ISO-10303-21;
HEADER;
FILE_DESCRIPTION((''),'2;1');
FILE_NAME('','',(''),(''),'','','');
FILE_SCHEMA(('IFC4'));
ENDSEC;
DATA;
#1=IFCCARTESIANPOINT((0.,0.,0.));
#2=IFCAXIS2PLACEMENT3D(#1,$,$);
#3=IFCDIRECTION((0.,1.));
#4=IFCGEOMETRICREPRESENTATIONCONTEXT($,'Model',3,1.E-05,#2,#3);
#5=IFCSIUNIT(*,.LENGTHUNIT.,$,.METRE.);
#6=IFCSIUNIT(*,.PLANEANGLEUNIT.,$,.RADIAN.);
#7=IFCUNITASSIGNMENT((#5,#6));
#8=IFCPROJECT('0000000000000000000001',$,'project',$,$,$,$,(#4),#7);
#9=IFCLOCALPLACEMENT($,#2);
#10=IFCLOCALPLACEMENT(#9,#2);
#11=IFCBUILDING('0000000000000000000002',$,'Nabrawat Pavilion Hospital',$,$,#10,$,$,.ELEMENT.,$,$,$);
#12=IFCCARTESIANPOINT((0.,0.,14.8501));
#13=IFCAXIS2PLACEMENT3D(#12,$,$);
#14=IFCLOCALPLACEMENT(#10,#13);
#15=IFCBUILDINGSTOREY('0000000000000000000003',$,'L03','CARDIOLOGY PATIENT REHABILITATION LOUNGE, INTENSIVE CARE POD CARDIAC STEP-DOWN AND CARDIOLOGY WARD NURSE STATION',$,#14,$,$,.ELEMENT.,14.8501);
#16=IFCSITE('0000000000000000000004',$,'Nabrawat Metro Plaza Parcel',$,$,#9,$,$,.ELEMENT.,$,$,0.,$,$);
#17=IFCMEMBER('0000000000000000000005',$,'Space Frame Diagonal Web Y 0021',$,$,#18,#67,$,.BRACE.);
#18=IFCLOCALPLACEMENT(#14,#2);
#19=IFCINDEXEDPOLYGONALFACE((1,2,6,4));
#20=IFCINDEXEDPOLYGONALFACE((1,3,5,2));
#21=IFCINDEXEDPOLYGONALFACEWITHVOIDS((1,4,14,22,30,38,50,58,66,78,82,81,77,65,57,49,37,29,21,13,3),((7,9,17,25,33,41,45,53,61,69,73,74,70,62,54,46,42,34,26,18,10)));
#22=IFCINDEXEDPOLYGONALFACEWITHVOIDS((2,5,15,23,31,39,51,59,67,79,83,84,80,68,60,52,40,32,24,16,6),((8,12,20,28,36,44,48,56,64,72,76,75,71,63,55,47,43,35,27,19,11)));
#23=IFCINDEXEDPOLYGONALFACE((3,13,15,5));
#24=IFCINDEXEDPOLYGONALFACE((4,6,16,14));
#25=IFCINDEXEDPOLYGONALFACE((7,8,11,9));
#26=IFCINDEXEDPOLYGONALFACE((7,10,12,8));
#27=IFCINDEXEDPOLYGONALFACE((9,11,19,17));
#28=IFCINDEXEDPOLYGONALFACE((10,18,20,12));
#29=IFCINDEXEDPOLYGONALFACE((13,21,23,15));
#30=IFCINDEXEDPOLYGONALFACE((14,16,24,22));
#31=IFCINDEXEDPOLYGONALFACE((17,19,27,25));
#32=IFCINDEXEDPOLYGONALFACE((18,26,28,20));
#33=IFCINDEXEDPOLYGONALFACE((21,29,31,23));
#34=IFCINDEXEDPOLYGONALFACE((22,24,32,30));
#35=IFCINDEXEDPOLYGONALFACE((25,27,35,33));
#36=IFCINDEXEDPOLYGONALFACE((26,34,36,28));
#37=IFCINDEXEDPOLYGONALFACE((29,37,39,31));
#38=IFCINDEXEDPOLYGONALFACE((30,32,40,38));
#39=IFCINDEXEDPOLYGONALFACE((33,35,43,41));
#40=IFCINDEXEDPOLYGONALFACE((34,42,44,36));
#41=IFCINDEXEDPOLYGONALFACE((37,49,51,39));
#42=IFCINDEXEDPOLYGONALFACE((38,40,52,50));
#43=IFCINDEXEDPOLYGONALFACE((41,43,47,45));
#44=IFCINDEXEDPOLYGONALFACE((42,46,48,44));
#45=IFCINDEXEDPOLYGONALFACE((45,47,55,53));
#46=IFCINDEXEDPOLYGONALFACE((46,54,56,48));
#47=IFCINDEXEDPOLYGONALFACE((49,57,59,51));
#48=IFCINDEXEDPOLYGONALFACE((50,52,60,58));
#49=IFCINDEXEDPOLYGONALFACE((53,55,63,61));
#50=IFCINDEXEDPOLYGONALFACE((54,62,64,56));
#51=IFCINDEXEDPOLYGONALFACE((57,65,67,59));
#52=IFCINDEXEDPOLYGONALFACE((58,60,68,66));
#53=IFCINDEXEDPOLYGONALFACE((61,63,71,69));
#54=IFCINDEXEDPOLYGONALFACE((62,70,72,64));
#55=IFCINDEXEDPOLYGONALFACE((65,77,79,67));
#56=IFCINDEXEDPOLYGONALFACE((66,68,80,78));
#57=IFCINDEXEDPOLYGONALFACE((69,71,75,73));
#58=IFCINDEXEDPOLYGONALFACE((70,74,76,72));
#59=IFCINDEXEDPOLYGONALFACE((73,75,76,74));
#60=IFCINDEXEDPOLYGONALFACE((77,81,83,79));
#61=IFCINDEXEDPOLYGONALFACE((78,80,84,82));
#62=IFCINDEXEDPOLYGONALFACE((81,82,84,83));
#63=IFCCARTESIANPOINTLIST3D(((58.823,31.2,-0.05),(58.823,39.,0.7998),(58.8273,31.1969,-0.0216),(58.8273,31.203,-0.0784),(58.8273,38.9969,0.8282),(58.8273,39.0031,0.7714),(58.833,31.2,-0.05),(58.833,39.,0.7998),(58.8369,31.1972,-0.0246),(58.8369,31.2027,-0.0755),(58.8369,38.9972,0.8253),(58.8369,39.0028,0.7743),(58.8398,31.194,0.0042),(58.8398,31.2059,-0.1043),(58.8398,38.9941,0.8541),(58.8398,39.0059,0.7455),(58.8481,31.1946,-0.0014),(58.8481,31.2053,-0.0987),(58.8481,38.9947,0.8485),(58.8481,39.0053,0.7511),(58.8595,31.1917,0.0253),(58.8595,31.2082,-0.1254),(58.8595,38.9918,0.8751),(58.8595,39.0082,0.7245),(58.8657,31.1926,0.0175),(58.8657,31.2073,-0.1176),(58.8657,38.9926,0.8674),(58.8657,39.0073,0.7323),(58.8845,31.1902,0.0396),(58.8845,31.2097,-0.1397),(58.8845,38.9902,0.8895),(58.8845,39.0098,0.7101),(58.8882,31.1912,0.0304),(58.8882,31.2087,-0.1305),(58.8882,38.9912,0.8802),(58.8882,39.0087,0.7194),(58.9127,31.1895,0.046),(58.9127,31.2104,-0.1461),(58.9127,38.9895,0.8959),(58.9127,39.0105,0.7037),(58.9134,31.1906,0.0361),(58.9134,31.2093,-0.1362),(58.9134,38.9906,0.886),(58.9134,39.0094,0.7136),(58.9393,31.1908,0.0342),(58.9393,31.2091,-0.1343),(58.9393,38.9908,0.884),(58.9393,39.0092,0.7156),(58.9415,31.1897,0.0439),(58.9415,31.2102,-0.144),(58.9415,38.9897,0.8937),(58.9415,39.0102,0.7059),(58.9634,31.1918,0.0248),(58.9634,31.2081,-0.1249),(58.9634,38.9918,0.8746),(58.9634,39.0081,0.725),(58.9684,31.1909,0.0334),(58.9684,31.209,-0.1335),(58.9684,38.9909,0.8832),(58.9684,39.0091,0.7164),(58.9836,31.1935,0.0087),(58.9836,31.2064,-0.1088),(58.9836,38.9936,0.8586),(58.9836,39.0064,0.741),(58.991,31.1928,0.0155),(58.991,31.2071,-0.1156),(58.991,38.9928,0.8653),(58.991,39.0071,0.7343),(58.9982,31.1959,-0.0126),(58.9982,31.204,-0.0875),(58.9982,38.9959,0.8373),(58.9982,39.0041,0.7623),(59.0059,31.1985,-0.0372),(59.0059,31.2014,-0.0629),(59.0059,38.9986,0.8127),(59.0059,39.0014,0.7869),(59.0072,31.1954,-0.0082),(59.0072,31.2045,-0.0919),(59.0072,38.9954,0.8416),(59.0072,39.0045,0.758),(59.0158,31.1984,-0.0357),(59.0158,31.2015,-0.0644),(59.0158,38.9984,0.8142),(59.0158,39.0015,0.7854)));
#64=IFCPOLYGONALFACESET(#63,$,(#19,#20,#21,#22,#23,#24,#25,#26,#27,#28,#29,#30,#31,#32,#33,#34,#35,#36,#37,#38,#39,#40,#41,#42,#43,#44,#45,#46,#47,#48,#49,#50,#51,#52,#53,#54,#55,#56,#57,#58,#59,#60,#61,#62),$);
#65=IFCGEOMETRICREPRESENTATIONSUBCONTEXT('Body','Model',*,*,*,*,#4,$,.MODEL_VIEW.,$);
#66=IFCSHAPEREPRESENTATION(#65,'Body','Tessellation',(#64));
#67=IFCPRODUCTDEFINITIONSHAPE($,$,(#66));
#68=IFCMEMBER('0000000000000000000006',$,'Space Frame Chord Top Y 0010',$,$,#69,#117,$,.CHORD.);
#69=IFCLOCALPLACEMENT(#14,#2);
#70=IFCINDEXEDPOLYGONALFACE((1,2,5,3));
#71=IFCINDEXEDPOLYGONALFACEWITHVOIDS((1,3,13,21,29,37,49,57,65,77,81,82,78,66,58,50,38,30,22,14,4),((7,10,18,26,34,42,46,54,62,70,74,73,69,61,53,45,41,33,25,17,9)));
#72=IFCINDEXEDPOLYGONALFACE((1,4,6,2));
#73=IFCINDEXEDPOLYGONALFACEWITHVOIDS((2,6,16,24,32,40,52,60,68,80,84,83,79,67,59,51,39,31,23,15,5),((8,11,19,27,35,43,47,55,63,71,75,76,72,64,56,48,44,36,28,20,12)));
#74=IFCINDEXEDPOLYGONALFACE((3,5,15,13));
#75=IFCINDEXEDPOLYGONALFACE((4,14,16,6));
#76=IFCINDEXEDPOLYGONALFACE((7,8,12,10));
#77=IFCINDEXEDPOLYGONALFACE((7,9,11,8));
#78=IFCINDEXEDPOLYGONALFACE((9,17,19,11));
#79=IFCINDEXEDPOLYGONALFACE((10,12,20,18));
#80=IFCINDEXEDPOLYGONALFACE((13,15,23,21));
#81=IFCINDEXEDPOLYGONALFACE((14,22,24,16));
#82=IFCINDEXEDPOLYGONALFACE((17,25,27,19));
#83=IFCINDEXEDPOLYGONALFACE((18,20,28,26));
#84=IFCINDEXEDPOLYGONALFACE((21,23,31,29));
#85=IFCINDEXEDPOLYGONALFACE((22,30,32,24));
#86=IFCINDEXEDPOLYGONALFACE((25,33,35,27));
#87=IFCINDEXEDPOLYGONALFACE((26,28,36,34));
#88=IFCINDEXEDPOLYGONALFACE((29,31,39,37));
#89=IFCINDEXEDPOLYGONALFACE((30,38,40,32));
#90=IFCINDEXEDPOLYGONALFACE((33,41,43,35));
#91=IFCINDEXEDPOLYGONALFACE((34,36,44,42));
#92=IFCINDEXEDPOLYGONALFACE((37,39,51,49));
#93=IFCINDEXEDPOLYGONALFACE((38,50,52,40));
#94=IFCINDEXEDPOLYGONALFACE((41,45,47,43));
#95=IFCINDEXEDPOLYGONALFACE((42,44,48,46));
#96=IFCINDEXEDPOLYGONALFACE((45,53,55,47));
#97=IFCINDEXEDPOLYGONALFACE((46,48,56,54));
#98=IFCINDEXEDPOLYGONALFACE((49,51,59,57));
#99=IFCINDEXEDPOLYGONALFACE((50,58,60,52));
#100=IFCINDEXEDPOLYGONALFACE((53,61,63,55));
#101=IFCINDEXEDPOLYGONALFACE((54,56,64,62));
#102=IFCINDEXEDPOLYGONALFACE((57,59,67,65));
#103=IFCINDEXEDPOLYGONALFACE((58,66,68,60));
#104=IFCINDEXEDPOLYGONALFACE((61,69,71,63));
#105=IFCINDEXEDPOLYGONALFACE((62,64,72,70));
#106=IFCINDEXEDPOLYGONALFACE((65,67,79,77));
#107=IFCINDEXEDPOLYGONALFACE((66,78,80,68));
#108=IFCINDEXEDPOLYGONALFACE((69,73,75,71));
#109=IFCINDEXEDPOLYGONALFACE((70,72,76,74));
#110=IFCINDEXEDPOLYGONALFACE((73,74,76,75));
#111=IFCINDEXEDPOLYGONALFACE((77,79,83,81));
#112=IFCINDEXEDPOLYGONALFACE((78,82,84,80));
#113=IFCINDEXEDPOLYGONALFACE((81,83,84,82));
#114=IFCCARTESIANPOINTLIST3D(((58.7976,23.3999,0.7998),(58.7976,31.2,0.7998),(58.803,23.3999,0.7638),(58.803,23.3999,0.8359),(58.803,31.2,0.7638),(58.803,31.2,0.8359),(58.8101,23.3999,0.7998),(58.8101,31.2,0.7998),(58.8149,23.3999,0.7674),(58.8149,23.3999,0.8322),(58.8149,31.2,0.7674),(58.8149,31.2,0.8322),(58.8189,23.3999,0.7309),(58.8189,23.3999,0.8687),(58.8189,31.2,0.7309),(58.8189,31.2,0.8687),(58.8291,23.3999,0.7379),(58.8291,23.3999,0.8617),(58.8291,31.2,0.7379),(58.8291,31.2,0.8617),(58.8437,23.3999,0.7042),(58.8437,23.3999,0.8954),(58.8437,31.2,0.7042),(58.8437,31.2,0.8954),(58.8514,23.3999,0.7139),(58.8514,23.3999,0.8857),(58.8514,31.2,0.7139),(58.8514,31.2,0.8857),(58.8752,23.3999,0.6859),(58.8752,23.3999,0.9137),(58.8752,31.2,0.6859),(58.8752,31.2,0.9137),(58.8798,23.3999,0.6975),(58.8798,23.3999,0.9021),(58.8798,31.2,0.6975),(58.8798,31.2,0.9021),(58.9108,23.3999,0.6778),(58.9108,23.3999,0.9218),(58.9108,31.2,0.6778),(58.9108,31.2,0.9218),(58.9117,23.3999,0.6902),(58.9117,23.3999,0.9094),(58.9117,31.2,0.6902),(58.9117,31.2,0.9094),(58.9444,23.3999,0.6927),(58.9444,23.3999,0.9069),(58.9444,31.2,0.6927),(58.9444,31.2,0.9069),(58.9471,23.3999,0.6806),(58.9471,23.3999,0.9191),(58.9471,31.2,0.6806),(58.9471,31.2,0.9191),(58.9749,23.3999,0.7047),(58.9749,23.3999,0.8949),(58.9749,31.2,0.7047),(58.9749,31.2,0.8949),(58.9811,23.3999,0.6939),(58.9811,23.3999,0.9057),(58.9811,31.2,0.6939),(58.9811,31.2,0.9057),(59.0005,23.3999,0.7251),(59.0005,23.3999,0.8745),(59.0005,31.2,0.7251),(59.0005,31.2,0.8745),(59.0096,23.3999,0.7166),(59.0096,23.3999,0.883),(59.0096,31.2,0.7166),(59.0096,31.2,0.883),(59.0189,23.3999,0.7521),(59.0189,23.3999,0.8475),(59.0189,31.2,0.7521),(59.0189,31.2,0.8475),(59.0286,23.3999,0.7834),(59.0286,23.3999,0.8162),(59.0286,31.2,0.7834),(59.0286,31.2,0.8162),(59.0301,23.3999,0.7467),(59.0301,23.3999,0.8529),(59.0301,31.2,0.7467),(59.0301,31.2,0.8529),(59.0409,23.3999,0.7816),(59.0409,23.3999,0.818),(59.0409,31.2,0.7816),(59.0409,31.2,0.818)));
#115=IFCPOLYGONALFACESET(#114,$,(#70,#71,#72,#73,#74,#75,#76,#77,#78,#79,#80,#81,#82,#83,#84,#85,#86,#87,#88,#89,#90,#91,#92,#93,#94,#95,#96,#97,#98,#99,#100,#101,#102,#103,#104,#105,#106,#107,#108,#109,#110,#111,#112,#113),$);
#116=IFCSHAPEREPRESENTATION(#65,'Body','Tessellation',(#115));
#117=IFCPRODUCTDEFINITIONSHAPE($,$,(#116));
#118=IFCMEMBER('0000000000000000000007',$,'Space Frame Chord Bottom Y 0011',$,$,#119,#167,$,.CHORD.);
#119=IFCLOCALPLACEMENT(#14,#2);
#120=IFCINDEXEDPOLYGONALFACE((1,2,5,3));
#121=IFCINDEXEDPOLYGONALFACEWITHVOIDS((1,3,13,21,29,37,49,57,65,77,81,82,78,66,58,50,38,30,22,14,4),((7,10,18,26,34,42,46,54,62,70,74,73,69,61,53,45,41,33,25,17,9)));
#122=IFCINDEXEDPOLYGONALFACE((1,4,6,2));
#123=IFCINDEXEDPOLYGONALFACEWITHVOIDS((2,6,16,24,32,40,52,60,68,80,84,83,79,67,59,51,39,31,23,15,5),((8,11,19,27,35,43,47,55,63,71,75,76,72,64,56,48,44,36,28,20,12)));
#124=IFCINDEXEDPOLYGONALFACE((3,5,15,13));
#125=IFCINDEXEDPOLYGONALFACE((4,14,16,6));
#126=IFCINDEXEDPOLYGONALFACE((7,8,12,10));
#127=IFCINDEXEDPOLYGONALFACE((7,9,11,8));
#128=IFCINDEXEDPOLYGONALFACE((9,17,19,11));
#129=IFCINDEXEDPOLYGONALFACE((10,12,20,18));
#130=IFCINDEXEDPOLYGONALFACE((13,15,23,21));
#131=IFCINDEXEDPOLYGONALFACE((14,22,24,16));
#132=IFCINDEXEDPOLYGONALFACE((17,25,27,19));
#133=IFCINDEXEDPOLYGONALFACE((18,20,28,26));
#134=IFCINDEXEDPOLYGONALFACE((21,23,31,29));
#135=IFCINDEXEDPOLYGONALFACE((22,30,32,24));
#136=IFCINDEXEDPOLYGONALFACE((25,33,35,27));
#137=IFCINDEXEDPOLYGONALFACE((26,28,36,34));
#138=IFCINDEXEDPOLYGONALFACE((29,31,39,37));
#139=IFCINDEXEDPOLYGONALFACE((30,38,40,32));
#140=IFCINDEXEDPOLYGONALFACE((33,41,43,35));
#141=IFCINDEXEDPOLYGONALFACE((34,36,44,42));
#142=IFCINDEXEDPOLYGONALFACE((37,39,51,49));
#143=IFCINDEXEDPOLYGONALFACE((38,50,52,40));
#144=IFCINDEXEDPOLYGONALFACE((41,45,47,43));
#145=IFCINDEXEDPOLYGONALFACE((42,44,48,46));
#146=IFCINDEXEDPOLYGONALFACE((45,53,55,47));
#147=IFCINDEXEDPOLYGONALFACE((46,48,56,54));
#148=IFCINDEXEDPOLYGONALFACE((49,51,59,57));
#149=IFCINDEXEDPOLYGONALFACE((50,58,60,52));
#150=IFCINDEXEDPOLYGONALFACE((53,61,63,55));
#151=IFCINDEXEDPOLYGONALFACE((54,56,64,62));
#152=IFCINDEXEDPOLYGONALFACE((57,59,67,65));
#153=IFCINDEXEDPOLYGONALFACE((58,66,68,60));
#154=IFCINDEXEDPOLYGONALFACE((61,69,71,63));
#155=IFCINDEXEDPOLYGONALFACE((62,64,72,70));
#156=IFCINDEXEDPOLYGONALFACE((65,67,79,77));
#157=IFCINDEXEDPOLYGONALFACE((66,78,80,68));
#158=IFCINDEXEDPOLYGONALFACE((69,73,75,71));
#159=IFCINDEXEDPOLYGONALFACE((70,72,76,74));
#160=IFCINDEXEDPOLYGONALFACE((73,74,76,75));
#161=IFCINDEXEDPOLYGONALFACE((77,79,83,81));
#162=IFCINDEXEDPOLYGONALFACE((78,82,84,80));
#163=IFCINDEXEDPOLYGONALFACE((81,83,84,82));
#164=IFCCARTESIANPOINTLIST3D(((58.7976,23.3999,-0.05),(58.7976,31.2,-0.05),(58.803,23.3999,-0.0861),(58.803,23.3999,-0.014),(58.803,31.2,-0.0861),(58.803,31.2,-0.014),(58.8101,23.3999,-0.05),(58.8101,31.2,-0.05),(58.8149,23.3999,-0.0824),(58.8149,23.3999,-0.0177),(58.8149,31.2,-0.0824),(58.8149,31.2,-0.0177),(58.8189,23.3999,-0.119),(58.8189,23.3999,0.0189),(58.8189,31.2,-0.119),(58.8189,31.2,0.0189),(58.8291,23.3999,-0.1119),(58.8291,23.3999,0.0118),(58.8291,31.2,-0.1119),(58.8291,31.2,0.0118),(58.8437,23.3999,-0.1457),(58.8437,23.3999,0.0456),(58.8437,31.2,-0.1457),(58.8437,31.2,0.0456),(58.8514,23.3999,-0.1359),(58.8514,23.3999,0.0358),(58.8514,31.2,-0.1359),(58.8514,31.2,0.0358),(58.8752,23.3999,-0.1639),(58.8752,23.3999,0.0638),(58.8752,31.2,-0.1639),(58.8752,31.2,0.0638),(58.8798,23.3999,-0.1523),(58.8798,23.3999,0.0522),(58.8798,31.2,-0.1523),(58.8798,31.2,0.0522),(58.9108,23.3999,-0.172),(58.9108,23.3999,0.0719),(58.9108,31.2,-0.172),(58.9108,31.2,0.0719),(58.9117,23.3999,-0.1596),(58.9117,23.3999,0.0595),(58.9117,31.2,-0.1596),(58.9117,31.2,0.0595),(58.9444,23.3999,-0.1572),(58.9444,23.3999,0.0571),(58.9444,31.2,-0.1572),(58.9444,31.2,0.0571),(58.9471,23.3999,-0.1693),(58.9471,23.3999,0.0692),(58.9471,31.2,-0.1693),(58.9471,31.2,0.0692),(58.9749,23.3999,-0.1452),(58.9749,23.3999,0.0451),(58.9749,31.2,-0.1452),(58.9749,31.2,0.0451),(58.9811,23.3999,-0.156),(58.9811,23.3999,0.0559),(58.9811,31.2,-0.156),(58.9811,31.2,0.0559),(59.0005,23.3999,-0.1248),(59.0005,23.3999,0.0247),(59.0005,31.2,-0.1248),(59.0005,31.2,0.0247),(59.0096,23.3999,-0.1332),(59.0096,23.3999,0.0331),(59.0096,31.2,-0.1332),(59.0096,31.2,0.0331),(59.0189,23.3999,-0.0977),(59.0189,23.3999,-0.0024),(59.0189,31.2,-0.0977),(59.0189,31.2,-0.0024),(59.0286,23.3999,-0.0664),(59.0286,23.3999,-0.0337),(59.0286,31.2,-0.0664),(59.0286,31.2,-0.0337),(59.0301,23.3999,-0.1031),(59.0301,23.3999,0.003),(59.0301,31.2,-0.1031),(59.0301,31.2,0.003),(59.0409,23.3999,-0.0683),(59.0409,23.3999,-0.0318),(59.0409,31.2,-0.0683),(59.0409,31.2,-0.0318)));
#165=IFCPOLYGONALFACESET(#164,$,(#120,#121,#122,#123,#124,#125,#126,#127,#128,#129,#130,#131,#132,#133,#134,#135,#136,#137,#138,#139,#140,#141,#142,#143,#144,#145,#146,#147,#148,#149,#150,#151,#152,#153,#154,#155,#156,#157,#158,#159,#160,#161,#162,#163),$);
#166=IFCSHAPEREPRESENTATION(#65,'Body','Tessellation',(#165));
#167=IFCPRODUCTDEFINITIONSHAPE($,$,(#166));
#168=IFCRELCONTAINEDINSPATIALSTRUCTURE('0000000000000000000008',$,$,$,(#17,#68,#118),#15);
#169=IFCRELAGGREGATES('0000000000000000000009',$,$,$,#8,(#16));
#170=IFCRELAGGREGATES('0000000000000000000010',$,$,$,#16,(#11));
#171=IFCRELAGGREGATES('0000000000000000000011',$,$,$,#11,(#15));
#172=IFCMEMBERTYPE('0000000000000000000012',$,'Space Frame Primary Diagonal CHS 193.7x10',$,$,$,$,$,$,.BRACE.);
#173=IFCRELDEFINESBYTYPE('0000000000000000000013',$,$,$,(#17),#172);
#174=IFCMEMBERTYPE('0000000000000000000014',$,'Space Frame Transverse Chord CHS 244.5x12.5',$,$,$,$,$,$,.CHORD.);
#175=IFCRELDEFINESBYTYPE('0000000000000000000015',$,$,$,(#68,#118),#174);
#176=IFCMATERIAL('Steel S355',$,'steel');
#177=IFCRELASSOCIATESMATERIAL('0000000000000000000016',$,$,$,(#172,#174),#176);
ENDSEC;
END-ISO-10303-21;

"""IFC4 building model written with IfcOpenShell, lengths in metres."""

from ifc_helpers import new_model, si_unit, direction, frame, origin, origin_2d, place, context, subcontext, project, spatial, hollow_circle, extrude, material, material_profile, profile_set, type_object, element, save


model = new_model("IFC4")

# Units and contexts
model_context = context("Model", 3, precision=1e-05, world=origin(), true_north=direction((0.0, 1.0)))
body_context = subcontext(model_context, "Body", "Model", "MODEL_VIEW")
ifc_project = project(units=[si_unit("LENGTHUNIT", "METRE"), si_unit("PLANEANGLEUNIT", "RADIAN")], contexts=[model_context])

# Site, building, storey
site_placement = place(None, origin())
site = spatial("IfcSite", under=ifc_project, at=site_placement, Name="Nabrawat Metro Plaza Parcel", CompositionType="ELEMENT", RefElevation=0.0)
building_placement = place(site_placement, origin())
building = spatial("IfcBuilding", under=site, at=building_placement, Name="Nabrawat Pavilion Hospital", CompositionType="ELEMENT")
storey_placement = place(building_placement, frame((0.0, 0.0, 14.8501)))
storey = spatial("IfcBuildingStorey", under=building, at=storey_placement, Name="L03", Description="CARDIOLOGY PATIENT REHABILITATION LOUNGE, INTENSIVE CARE POD CARDIAC STEP-DOWN AND CARDIOLOGY WARD NURSE STATION", CompositionType="ELEMENT", Elevation=14.8501)

# Shared definitions
ifc_material_1 = material(Name="Steel S355", Category="steel")

# Members
ifc_material_profile_1 = material_profile(ifc_material_1, hollow_circle(Radius=0.0969, WallThickness=0.01, at=origin_2d()), Name="CHS 193.7x10")
ifc_profile_set_1 = profile_set([ifc_material_profile_1], Name="Steel S355")
member_type_1 = type_object("IfcMemberType", Name="Space Frame Primary Diagonal CHS 193.7x10", PredefinedType="BRACE", material=ifc_profile_set_1)
member_1_placement = place(storey_placement, frame((58.9199, 31.2, -0.05), z_axis=(0.0, 0.994117, 0.108314), x_axis=(-1.0, 0.0, 0.0)))
element("IfcMember", 1, at=member_1_placement, inside=storey, type_object=member_type_1, Name="Space Frame Diagonal Web Y 0021", PredefinedType="BRACE", context=body_context, shape_type="SweptSolid", body=[
    extrude(hollow_circle(Radius=0.0969, WallThickness=0.01, at=origin_2d()), origin(), (0.0, 0.0, 1.0), 7.8462),
])
ifc_material_profile_2 = material_profile(ifc_material_1, hollow_circle(Radius=0.1223, WallThickness=0.0125, at=origin_2d()), Name="CHS 244.5x12.5")
ifc_profile_set_2 = profile_set([ifc_material_profile_2], Name="Steel S355")
member_type_2 = type_object("IfcMemberType", Name="Space Frame Transverse Chord CHS 244.5x12.5", PredefinedType="CHORD", material=ifc_profile_set_2)
for number, where, z_axis, x_axis, name in (
    (2, (58.9199, 23.3999, 0.7998), (0.0, 1.0, 0.0), (-1.0, 0.0, 0.0), "Space Frame Chord Top Y 0010"),
    (3, (58.9199, 23.3999, -0.05), (0.0, 1.0, 0.0), (-1.0, 0.0, 0.0), "Space Frame Chord Bottom Y 0011"),
):
    element("IfcMember", number, at=place(storey_placement, frame(where, z_axis=z_axis, x_axis=x_axis)), inside=storey, type_object=member_type_2, Name=name, PredefinedType="CHORD", context=body_context, shape_type="SweptSolid", body=[
        extrude(hollow_circle(Radius=0.1223, WallThickness=0.0125, at=origin_2d()), origin(), (0.0, 0.0, 1.0), 7.8),
    ])

save(model, "model.ifc")
